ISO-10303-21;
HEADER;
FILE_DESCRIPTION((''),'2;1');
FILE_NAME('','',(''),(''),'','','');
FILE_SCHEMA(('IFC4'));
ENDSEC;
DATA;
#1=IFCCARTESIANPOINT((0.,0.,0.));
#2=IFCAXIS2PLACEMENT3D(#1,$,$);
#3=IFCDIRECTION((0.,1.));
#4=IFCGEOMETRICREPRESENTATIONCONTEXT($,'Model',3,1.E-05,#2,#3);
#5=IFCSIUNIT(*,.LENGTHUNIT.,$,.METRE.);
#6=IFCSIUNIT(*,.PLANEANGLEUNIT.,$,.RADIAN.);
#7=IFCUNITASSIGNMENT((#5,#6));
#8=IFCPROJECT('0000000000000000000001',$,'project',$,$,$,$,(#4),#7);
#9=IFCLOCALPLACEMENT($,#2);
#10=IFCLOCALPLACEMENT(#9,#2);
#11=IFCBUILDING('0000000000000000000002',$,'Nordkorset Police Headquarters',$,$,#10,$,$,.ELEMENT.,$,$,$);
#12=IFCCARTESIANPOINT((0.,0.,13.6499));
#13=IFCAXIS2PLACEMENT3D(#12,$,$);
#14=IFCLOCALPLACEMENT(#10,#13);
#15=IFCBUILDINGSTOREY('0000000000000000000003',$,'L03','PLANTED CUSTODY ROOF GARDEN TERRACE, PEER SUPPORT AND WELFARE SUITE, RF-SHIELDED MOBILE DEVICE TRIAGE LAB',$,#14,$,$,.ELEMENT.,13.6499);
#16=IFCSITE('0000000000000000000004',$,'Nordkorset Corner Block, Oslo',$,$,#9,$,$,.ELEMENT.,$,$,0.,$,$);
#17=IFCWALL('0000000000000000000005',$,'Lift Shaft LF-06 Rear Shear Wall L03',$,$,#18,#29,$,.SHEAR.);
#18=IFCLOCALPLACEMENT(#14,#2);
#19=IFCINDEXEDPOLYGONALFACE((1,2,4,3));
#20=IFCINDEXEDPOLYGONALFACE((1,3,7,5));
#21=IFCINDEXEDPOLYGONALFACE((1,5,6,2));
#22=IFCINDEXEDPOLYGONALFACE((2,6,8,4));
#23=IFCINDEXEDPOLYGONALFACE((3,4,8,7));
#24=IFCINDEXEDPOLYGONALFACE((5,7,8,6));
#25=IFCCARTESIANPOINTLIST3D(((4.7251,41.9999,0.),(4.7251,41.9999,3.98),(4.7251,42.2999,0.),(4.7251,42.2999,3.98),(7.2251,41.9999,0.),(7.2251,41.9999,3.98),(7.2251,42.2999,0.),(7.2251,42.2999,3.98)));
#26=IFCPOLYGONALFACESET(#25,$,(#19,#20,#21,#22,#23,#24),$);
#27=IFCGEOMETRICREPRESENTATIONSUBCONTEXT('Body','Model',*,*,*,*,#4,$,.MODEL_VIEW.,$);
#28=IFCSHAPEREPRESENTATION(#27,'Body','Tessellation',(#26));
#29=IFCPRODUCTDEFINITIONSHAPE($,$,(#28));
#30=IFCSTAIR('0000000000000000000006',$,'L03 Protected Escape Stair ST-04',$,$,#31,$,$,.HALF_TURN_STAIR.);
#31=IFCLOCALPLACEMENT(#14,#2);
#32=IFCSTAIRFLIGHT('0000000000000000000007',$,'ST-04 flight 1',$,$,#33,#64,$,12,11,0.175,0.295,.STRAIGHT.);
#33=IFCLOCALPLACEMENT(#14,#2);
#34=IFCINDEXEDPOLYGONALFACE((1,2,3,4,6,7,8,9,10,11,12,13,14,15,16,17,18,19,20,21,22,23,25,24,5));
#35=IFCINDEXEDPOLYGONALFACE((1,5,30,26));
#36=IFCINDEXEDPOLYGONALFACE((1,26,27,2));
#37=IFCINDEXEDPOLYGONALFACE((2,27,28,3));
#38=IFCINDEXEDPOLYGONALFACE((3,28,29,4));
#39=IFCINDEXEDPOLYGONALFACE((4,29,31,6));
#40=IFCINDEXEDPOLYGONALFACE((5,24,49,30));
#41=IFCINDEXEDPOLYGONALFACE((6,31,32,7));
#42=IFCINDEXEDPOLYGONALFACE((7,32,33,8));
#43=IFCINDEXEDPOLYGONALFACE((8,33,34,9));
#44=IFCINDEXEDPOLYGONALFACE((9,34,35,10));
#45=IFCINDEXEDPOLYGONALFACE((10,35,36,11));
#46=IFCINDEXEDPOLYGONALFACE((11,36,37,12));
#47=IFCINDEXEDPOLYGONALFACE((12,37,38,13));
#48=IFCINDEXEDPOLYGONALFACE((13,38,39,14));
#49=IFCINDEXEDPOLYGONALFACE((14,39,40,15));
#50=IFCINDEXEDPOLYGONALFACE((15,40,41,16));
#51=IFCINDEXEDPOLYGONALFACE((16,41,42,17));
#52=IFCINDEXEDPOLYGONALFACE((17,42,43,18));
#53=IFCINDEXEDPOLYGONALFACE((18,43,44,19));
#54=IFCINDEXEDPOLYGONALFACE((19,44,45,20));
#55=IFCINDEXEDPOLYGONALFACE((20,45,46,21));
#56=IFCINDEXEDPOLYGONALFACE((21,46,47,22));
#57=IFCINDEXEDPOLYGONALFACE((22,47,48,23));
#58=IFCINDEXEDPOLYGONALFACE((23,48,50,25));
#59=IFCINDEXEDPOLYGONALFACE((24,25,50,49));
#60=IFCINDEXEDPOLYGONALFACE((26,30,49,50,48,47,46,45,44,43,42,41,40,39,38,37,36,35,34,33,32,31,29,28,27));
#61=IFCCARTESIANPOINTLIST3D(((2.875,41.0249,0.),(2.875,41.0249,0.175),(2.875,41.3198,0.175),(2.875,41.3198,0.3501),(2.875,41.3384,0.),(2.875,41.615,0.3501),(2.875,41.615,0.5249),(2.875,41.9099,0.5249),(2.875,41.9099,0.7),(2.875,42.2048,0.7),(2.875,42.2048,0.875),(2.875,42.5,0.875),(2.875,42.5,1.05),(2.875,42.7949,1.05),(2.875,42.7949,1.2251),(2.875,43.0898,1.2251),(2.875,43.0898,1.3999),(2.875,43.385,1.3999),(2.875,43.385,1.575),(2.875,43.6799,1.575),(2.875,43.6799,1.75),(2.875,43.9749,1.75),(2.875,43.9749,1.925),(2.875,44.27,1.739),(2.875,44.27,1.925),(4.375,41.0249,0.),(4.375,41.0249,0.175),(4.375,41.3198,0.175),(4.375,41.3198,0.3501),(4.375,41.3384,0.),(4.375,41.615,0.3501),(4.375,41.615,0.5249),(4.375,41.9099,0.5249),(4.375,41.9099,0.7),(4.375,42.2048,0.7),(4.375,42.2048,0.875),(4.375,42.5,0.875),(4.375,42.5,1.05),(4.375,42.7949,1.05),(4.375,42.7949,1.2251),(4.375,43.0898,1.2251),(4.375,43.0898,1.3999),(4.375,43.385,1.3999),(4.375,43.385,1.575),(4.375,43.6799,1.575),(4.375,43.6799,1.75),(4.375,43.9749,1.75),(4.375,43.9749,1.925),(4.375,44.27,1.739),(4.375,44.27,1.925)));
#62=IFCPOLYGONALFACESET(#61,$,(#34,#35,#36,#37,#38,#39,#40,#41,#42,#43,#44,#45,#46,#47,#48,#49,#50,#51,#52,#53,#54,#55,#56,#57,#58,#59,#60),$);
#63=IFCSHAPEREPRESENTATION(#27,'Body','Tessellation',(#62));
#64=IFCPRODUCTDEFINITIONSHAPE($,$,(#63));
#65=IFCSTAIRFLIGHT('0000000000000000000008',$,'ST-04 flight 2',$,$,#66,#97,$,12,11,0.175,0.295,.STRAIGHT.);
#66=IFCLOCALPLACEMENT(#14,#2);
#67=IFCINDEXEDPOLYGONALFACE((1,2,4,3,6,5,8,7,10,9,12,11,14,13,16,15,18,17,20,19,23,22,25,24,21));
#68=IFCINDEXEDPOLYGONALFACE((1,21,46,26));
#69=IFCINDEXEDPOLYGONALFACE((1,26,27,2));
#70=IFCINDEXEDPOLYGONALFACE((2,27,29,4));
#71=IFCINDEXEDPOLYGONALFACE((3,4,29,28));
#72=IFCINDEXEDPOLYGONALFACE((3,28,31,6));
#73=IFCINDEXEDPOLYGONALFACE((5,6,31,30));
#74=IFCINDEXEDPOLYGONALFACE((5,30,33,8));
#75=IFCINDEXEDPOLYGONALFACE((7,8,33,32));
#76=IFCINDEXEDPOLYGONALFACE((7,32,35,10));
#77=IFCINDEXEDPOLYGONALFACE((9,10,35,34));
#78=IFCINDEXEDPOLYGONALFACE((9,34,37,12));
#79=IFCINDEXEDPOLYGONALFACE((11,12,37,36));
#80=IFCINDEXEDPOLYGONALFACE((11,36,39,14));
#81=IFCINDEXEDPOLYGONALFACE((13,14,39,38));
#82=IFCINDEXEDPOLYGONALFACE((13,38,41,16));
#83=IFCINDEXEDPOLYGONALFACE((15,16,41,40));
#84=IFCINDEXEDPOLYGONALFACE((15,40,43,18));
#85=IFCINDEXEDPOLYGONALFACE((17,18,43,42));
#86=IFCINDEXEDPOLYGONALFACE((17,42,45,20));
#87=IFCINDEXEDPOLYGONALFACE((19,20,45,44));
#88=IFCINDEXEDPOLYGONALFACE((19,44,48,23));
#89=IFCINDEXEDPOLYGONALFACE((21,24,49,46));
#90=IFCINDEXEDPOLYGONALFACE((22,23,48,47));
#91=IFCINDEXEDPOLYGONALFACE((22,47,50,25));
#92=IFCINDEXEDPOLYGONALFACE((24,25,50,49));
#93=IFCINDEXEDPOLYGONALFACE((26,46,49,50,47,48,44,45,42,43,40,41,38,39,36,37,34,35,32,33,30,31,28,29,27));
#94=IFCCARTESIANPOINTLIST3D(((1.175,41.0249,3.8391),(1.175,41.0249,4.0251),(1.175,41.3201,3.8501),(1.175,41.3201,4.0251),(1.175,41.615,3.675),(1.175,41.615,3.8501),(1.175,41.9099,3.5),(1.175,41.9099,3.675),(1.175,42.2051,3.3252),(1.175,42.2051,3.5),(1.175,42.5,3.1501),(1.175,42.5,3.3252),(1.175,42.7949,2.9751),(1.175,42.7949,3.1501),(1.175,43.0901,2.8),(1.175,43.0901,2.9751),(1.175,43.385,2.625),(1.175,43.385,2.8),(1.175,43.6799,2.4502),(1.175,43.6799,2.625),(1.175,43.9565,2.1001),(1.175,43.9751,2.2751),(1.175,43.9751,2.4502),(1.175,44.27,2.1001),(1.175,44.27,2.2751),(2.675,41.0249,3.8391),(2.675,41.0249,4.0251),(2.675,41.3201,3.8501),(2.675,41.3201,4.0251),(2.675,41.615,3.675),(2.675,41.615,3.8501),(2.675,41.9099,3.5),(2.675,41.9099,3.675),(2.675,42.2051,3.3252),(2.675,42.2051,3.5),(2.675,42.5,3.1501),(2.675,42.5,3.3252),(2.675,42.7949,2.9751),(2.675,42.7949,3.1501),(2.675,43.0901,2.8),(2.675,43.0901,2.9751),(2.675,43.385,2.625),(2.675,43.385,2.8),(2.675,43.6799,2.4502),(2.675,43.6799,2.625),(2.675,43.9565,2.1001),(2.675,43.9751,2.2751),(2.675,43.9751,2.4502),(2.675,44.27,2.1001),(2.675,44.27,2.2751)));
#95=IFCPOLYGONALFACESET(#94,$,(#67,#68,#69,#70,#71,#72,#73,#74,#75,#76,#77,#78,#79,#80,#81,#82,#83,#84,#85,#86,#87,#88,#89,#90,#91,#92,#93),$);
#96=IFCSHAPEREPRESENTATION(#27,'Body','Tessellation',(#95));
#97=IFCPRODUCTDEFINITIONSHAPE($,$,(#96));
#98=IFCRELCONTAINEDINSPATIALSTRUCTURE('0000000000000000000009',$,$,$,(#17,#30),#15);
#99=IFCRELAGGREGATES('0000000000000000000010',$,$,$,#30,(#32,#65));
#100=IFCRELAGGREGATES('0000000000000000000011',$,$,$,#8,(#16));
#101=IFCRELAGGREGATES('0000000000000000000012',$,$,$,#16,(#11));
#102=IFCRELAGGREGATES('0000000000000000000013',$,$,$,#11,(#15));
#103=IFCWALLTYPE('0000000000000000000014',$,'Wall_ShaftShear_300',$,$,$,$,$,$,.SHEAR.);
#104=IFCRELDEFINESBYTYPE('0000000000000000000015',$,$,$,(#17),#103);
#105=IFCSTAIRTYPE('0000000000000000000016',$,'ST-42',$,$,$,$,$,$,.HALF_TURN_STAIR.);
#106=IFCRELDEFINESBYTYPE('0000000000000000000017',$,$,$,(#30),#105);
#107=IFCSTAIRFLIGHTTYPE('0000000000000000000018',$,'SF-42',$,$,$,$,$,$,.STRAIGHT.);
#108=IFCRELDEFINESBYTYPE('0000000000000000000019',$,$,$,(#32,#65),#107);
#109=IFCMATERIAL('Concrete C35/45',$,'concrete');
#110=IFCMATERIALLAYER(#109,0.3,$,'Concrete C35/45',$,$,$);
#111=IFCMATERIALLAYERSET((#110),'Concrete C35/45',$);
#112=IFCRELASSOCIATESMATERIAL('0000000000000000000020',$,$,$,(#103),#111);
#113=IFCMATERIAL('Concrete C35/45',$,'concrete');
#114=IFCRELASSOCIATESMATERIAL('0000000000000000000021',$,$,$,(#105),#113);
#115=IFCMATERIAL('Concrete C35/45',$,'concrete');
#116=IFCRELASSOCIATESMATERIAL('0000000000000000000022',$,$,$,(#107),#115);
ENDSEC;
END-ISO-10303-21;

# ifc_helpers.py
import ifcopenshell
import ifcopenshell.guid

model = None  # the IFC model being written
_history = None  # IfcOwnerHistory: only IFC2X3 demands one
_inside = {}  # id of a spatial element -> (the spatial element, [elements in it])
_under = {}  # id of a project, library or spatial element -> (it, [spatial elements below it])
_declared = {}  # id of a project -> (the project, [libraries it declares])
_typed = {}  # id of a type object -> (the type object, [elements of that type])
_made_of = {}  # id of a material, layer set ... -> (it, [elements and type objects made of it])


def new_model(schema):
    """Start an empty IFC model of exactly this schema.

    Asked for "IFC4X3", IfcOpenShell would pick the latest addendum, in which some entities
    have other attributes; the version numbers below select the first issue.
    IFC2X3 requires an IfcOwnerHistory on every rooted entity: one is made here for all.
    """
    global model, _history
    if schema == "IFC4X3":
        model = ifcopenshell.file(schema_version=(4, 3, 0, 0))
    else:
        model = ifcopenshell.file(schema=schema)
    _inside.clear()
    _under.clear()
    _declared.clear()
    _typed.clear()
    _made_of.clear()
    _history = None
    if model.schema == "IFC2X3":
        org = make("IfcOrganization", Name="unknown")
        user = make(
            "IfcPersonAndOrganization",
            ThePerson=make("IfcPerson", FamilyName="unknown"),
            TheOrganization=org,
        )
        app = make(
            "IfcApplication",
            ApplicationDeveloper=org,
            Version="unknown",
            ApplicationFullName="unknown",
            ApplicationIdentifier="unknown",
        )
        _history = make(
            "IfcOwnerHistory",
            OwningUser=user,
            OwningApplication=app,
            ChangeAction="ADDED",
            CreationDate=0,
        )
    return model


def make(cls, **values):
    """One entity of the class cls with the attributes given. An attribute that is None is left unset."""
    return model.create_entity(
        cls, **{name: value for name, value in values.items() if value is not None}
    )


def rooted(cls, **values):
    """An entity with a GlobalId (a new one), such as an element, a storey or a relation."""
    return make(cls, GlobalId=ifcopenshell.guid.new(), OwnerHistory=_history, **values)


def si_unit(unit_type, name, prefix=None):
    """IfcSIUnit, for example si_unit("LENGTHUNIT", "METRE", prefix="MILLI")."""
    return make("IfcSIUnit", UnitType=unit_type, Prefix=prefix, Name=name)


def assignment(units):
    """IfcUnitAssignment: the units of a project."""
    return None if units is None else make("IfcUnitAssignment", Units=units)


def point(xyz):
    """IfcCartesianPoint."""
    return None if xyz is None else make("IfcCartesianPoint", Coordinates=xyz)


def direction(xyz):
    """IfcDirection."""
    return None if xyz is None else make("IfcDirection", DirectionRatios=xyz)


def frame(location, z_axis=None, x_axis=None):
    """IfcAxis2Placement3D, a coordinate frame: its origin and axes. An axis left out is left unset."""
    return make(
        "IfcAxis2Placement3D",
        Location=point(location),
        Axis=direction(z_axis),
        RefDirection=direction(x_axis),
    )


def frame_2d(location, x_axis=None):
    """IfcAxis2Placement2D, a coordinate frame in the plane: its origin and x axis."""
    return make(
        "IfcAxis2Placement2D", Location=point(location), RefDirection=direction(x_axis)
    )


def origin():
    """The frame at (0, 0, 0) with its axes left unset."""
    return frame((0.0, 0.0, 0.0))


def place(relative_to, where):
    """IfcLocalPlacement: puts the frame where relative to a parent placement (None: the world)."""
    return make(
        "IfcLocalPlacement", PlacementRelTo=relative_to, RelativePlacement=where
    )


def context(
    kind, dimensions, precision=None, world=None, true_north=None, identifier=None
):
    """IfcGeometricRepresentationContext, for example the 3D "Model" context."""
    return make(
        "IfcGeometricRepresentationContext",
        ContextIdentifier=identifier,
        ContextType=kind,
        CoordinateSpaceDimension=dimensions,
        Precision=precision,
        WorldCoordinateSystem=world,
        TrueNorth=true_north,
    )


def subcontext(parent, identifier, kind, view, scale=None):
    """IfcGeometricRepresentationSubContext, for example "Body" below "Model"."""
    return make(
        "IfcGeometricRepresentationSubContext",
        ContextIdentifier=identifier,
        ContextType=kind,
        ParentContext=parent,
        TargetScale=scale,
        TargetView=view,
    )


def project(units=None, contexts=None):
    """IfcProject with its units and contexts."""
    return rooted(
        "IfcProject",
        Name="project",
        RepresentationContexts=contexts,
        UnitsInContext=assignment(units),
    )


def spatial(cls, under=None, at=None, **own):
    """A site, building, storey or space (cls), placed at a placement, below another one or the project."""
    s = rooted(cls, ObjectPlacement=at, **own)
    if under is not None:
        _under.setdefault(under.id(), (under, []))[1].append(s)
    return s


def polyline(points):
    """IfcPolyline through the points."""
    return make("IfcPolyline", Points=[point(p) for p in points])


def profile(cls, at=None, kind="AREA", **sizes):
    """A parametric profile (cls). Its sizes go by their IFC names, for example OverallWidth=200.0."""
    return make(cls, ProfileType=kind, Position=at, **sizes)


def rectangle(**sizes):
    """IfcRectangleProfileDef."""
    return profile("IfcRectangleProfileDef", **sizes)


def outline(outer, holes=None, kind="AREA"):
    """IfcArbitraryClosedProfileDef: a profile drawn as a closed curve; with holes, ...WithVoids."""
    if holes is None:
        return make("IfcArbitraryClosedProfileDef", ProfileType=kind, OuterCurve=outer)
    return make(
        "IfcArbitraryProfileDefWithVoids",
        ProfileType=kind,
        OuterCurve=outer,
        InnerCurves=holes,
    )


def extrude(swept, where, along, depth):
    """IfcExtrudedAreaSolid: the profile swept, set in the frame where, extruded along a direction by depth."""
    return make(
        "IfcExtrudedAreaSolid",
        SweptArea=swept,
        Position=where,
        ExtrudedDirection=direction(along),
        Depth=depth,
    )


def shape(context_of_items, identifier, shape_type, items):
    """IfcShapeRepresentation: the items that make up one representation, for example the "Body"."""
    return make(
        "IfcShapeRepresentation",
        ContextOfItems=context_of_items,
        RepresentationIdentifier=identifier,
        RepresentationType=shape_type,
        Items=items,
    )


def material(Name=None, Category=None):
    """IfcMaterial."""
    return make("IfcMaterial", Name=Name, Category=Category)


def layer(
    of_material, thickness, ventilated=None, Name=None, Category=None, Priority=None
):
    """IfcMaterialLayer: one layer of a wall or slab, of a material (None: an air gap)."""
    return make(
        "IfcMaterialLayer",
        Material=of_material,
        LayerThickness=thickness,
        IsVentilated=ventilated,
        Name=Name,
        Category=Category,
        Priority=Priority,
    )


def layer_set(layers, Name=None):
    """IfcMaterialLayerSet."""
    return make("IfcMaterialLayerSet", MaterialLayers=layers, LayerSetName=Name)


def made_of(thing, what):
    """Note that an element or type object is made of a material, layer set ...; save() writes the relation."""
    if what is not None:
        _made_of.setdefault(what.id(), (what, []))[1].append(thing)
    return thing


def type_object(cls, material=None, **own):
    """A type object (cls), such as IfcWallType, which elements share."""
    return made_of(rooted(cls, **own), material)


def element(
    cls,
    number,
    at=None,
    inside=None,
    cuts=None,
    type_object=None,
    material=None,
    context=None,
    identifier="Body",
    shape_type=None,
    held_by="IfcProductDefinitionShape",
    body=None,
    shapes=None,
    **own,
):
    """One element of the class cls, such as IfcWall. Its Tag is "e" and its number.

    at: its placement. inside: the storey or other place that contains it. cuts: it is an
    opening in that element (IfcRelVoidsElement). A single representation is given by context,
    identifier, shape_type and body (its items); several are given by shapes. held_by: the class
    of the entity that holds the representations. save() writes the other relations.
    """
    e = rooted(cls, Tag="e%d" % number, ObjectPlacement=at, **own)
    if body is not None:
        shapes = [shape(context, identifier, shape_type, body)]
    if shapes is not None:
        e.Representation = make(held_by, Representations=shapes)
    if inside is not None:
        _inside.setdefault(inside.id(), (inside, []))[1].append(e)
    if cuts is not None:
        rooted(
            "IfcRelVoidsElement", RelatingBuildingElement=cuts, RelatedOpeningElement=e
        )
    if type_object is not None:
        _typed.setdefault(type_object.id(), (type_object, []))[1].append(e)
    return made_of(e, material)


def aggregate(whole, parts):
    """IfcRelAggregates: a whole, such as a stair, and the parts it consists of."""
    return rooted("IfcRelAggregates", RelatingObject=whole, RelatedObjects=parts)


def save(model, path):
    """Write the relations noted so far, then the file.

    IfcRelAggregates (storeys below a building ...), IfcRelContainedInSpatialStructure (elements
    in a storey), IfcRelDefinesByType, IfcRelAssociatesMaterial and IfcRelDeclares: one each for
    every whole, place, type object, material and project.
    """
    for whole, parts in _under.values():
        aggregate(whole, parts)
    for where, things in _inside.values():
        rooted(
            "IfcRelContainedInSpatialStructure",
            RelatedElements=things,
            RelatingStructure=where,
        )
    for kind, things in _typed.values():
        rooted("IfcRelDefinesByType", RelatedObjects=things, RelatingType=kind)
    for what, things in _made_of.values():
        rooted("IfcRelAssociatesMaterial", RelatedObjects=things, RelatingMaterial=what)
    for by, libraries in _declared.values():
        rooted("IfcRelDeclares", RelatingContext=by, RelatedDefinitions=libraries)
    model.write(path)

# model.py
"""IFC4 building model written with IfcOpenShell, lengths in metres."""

from ifc_helpers import new_model, si_unit, direction, frame, frame_2d, origin, place, context, subcontext, project, spatial, polyline, rectangle, outline, extrude, material, layer, layer_set, type_object, element, aggregate, save


model = new_model("IFC4")

# Units and contexts
model_context = context("Model", 3, precision=1e-05, world=origin(), true_north=direction((0.0, 1.0)))
body_context = subcontext(model_context, "Body", "Model", "MODEL_VIEW")
ifc_project = project(units=[si_unit("LENGTHUNIT", "METRE"), si_unit("PLANEANGLEUNIT", "RADIAN")], contexts=[model_context])

# Site, building, storey
site_placement = place(None, origin())
site = spatial("IfcSite", under=ifc_project, at=site_placement, Name="Nordkorset Corner Block, Oslo", CompositionType="ELEMENT", RefElevation=0.0)
building_placement = place(site_placement, origin())
building = spatial("IfcBuilding", under=site, at=building_placement, Name="Nordkorset Police Headquarters", CompositionType="ELEMENT")
storey_placement = place(building_placement, frame((0.0, 0.0, 13.6499)))
storey = spatial("IfcBuildingStorey", under=building, at=storey_placement, Name="L03", Description="PLANTED CUSTODY ROOF GARDEN TERRACE, PEER SUPPORT AND WELFARE SUITE, RF-SHIELDED MOBILE DEVICE TRIAGE LAB", CompositionType="ELEMENT", Elevation=13.6499)

# Wall
ifc_material_1 = material(Name="Concrete C35/45", Category="concrete")
ifc_layer_1 = layer(ifc_material_1, 0.3, Name="Concrete C35/45")
ifc_layer_set_1 = layer_set([ifc_layer_1], Name="Concrete C35/45")
wall_type_1 = type_object("IfcWallType", Name="Wall_ShaftShear_300", PredefinedType="SHEAR", material=ifc_layer_set_1)
wall_1_placement = place(storey_placement, frame((4.7251, 42.1499, 0.0), z_axis=(0.0, 0.0, 1.0), x_axis=(1.0, 0.0, 0.0)))
element("IfcWall", 1, at=wall_1_placement, inside=storey, type_object=wall_type_1, Name="Lift Shaft LF-06 Rear Shear Wall L03", PredefinedType="SHEAR", context=body_context, shape_type="SweptSolid", body=[
    extrude(rectangle(XDim=2.5, YDim=0.3, at=frame_2d((1.25, 0.0))), origin(), (0.0, 0.0, 1.0), 3.98),
])

# Stair, stair flights
ifc_material_2 = material(Name="Concrete C35/45", Category="concrete")
stair_type = type_object("IfcStairType", Name="ST-42", PredefinedType="HALF_TURN_STAIR", material=ifc_material_2)
stair_placement = place(storey_placement, origin())
stair = element("IfcStair", 2, at=stair_placement, inside=storey, type_object=stair_type, Name="L03 Protected Escape Stair ST-04", PredefinedType="HALF_TURN_STAIR")
ifc_material_3 = material(Name="Concrete C35/45", Category="concrete")
stair_flight_type = type_object("IfcStairFlightType", Name="SF-42", PredefinedType="STRAIGHT", material=ifc_material_3)
stair_flight_1_placement = place(storey_placement, frame((3.625, 41.0249, 0.0), z_axis=(0.0, 0.0, 1.0), x_axis=(0.0, 1.0, 0.0)))
stair_flight_1 = element("IfcStairFlight", 3, at=stair_flight_1_placement, type_object=stair_flight_type, Name="ST-04 flight 1", NumberOfRisers=12, NumberOfTreads=11, PredefinedType="STRAIGHT", RiserHeight=0.175, TreadLength=0.295, context=body_context, shape_type="SweptSolid", body=[
    extrude(outline(polyline([(0.0, 0.0), (0.0, 0.175), (0.2949, 0.175), (0.2949, 0.3501), (0.5901, 0.3501), (0.5901, 0.5249), (0.885, 0.5249), (0.885, 0.7), (1.1799, 0.7), (1.1799, 0.875), (1.4751, 0.875), (1.4751, 1.05), (1.77, 1.05), (1.77, 1.2251), (2.0649, 1.2251), (2.0649, 1.3999), (2.3601, 1.3999), (2.3601, 1.575), (2.655, 1.575), (2.655, 1.75), (2.95, 1.75), (2.95, 1.925), (3.2451, 1.925), (3.2451, 2.1001), (3.2451, 1.739), (0.3135, 0.0), (0.0, 0.0)])), frame((0.0, 0.75, 0.0), z_axis=(0.0, -1.0, 0.0), x_axis=(1.0, 0.0, 0.0)), (0.0, 0.0, 1.0), 1.5),
])
stair_flight_2_placement = place(storey_placement, frame((1.925, 44.27, 2.1001), z_axis=(0.0, 0.0, 1.0), x_axis=(0.0, -1.0, 0.0)))
stair_flight_2 = element("IfcStairFlight", 4, at=stair_flight_2_placement, type_object=stair_flight_type, Name="ST-04 flight 2", NumberOfRisers=12, NumberOfTreads=11, PredefinedType="STRAIGHT", RiserHeight=0.175, TreadLength=0.295, context=body_context, shape_type="SweptSolid", body=[
    extrude(outline(polyline([(0.0, 0.0), (0.0, 0.175), (0.2949, 0.175), (0.2949, 0.3501), (0.5901, 0.3501), (0.5901, 0.5249), (0.885, 0.5249), (0.885, 0.7), (1.1799, 0.7), (1.1799, 0.875), (1.4751, 0.875), (1.4751, 1.05), (1.77, 1.05), (1.77, 1.2251), (2.0649, 1.2251), (2.0649, 1.3999), (2.3601, 1.3999), (2.3601, 1.575), (2.655, 1.575), (2.655, 1.75), (2.95, 1.75), (2.95, 1.925), (3.2451, 1.925), (3.2451, 2.1001), (3.2451, 1.739), (0.3135, 0.0), (0.0, 0.0)])), frame((0.0, 0.75, 0.0), z_axis=(0.0, -1.0, 0.0), x_axis=(1.0, 0.0, 0.0)), (0.0, 0.0, 1.0), 1.5),
])
aggregate(stair, [stair_flight_1, stair_flight_2])

save(model, "model.ifc")
